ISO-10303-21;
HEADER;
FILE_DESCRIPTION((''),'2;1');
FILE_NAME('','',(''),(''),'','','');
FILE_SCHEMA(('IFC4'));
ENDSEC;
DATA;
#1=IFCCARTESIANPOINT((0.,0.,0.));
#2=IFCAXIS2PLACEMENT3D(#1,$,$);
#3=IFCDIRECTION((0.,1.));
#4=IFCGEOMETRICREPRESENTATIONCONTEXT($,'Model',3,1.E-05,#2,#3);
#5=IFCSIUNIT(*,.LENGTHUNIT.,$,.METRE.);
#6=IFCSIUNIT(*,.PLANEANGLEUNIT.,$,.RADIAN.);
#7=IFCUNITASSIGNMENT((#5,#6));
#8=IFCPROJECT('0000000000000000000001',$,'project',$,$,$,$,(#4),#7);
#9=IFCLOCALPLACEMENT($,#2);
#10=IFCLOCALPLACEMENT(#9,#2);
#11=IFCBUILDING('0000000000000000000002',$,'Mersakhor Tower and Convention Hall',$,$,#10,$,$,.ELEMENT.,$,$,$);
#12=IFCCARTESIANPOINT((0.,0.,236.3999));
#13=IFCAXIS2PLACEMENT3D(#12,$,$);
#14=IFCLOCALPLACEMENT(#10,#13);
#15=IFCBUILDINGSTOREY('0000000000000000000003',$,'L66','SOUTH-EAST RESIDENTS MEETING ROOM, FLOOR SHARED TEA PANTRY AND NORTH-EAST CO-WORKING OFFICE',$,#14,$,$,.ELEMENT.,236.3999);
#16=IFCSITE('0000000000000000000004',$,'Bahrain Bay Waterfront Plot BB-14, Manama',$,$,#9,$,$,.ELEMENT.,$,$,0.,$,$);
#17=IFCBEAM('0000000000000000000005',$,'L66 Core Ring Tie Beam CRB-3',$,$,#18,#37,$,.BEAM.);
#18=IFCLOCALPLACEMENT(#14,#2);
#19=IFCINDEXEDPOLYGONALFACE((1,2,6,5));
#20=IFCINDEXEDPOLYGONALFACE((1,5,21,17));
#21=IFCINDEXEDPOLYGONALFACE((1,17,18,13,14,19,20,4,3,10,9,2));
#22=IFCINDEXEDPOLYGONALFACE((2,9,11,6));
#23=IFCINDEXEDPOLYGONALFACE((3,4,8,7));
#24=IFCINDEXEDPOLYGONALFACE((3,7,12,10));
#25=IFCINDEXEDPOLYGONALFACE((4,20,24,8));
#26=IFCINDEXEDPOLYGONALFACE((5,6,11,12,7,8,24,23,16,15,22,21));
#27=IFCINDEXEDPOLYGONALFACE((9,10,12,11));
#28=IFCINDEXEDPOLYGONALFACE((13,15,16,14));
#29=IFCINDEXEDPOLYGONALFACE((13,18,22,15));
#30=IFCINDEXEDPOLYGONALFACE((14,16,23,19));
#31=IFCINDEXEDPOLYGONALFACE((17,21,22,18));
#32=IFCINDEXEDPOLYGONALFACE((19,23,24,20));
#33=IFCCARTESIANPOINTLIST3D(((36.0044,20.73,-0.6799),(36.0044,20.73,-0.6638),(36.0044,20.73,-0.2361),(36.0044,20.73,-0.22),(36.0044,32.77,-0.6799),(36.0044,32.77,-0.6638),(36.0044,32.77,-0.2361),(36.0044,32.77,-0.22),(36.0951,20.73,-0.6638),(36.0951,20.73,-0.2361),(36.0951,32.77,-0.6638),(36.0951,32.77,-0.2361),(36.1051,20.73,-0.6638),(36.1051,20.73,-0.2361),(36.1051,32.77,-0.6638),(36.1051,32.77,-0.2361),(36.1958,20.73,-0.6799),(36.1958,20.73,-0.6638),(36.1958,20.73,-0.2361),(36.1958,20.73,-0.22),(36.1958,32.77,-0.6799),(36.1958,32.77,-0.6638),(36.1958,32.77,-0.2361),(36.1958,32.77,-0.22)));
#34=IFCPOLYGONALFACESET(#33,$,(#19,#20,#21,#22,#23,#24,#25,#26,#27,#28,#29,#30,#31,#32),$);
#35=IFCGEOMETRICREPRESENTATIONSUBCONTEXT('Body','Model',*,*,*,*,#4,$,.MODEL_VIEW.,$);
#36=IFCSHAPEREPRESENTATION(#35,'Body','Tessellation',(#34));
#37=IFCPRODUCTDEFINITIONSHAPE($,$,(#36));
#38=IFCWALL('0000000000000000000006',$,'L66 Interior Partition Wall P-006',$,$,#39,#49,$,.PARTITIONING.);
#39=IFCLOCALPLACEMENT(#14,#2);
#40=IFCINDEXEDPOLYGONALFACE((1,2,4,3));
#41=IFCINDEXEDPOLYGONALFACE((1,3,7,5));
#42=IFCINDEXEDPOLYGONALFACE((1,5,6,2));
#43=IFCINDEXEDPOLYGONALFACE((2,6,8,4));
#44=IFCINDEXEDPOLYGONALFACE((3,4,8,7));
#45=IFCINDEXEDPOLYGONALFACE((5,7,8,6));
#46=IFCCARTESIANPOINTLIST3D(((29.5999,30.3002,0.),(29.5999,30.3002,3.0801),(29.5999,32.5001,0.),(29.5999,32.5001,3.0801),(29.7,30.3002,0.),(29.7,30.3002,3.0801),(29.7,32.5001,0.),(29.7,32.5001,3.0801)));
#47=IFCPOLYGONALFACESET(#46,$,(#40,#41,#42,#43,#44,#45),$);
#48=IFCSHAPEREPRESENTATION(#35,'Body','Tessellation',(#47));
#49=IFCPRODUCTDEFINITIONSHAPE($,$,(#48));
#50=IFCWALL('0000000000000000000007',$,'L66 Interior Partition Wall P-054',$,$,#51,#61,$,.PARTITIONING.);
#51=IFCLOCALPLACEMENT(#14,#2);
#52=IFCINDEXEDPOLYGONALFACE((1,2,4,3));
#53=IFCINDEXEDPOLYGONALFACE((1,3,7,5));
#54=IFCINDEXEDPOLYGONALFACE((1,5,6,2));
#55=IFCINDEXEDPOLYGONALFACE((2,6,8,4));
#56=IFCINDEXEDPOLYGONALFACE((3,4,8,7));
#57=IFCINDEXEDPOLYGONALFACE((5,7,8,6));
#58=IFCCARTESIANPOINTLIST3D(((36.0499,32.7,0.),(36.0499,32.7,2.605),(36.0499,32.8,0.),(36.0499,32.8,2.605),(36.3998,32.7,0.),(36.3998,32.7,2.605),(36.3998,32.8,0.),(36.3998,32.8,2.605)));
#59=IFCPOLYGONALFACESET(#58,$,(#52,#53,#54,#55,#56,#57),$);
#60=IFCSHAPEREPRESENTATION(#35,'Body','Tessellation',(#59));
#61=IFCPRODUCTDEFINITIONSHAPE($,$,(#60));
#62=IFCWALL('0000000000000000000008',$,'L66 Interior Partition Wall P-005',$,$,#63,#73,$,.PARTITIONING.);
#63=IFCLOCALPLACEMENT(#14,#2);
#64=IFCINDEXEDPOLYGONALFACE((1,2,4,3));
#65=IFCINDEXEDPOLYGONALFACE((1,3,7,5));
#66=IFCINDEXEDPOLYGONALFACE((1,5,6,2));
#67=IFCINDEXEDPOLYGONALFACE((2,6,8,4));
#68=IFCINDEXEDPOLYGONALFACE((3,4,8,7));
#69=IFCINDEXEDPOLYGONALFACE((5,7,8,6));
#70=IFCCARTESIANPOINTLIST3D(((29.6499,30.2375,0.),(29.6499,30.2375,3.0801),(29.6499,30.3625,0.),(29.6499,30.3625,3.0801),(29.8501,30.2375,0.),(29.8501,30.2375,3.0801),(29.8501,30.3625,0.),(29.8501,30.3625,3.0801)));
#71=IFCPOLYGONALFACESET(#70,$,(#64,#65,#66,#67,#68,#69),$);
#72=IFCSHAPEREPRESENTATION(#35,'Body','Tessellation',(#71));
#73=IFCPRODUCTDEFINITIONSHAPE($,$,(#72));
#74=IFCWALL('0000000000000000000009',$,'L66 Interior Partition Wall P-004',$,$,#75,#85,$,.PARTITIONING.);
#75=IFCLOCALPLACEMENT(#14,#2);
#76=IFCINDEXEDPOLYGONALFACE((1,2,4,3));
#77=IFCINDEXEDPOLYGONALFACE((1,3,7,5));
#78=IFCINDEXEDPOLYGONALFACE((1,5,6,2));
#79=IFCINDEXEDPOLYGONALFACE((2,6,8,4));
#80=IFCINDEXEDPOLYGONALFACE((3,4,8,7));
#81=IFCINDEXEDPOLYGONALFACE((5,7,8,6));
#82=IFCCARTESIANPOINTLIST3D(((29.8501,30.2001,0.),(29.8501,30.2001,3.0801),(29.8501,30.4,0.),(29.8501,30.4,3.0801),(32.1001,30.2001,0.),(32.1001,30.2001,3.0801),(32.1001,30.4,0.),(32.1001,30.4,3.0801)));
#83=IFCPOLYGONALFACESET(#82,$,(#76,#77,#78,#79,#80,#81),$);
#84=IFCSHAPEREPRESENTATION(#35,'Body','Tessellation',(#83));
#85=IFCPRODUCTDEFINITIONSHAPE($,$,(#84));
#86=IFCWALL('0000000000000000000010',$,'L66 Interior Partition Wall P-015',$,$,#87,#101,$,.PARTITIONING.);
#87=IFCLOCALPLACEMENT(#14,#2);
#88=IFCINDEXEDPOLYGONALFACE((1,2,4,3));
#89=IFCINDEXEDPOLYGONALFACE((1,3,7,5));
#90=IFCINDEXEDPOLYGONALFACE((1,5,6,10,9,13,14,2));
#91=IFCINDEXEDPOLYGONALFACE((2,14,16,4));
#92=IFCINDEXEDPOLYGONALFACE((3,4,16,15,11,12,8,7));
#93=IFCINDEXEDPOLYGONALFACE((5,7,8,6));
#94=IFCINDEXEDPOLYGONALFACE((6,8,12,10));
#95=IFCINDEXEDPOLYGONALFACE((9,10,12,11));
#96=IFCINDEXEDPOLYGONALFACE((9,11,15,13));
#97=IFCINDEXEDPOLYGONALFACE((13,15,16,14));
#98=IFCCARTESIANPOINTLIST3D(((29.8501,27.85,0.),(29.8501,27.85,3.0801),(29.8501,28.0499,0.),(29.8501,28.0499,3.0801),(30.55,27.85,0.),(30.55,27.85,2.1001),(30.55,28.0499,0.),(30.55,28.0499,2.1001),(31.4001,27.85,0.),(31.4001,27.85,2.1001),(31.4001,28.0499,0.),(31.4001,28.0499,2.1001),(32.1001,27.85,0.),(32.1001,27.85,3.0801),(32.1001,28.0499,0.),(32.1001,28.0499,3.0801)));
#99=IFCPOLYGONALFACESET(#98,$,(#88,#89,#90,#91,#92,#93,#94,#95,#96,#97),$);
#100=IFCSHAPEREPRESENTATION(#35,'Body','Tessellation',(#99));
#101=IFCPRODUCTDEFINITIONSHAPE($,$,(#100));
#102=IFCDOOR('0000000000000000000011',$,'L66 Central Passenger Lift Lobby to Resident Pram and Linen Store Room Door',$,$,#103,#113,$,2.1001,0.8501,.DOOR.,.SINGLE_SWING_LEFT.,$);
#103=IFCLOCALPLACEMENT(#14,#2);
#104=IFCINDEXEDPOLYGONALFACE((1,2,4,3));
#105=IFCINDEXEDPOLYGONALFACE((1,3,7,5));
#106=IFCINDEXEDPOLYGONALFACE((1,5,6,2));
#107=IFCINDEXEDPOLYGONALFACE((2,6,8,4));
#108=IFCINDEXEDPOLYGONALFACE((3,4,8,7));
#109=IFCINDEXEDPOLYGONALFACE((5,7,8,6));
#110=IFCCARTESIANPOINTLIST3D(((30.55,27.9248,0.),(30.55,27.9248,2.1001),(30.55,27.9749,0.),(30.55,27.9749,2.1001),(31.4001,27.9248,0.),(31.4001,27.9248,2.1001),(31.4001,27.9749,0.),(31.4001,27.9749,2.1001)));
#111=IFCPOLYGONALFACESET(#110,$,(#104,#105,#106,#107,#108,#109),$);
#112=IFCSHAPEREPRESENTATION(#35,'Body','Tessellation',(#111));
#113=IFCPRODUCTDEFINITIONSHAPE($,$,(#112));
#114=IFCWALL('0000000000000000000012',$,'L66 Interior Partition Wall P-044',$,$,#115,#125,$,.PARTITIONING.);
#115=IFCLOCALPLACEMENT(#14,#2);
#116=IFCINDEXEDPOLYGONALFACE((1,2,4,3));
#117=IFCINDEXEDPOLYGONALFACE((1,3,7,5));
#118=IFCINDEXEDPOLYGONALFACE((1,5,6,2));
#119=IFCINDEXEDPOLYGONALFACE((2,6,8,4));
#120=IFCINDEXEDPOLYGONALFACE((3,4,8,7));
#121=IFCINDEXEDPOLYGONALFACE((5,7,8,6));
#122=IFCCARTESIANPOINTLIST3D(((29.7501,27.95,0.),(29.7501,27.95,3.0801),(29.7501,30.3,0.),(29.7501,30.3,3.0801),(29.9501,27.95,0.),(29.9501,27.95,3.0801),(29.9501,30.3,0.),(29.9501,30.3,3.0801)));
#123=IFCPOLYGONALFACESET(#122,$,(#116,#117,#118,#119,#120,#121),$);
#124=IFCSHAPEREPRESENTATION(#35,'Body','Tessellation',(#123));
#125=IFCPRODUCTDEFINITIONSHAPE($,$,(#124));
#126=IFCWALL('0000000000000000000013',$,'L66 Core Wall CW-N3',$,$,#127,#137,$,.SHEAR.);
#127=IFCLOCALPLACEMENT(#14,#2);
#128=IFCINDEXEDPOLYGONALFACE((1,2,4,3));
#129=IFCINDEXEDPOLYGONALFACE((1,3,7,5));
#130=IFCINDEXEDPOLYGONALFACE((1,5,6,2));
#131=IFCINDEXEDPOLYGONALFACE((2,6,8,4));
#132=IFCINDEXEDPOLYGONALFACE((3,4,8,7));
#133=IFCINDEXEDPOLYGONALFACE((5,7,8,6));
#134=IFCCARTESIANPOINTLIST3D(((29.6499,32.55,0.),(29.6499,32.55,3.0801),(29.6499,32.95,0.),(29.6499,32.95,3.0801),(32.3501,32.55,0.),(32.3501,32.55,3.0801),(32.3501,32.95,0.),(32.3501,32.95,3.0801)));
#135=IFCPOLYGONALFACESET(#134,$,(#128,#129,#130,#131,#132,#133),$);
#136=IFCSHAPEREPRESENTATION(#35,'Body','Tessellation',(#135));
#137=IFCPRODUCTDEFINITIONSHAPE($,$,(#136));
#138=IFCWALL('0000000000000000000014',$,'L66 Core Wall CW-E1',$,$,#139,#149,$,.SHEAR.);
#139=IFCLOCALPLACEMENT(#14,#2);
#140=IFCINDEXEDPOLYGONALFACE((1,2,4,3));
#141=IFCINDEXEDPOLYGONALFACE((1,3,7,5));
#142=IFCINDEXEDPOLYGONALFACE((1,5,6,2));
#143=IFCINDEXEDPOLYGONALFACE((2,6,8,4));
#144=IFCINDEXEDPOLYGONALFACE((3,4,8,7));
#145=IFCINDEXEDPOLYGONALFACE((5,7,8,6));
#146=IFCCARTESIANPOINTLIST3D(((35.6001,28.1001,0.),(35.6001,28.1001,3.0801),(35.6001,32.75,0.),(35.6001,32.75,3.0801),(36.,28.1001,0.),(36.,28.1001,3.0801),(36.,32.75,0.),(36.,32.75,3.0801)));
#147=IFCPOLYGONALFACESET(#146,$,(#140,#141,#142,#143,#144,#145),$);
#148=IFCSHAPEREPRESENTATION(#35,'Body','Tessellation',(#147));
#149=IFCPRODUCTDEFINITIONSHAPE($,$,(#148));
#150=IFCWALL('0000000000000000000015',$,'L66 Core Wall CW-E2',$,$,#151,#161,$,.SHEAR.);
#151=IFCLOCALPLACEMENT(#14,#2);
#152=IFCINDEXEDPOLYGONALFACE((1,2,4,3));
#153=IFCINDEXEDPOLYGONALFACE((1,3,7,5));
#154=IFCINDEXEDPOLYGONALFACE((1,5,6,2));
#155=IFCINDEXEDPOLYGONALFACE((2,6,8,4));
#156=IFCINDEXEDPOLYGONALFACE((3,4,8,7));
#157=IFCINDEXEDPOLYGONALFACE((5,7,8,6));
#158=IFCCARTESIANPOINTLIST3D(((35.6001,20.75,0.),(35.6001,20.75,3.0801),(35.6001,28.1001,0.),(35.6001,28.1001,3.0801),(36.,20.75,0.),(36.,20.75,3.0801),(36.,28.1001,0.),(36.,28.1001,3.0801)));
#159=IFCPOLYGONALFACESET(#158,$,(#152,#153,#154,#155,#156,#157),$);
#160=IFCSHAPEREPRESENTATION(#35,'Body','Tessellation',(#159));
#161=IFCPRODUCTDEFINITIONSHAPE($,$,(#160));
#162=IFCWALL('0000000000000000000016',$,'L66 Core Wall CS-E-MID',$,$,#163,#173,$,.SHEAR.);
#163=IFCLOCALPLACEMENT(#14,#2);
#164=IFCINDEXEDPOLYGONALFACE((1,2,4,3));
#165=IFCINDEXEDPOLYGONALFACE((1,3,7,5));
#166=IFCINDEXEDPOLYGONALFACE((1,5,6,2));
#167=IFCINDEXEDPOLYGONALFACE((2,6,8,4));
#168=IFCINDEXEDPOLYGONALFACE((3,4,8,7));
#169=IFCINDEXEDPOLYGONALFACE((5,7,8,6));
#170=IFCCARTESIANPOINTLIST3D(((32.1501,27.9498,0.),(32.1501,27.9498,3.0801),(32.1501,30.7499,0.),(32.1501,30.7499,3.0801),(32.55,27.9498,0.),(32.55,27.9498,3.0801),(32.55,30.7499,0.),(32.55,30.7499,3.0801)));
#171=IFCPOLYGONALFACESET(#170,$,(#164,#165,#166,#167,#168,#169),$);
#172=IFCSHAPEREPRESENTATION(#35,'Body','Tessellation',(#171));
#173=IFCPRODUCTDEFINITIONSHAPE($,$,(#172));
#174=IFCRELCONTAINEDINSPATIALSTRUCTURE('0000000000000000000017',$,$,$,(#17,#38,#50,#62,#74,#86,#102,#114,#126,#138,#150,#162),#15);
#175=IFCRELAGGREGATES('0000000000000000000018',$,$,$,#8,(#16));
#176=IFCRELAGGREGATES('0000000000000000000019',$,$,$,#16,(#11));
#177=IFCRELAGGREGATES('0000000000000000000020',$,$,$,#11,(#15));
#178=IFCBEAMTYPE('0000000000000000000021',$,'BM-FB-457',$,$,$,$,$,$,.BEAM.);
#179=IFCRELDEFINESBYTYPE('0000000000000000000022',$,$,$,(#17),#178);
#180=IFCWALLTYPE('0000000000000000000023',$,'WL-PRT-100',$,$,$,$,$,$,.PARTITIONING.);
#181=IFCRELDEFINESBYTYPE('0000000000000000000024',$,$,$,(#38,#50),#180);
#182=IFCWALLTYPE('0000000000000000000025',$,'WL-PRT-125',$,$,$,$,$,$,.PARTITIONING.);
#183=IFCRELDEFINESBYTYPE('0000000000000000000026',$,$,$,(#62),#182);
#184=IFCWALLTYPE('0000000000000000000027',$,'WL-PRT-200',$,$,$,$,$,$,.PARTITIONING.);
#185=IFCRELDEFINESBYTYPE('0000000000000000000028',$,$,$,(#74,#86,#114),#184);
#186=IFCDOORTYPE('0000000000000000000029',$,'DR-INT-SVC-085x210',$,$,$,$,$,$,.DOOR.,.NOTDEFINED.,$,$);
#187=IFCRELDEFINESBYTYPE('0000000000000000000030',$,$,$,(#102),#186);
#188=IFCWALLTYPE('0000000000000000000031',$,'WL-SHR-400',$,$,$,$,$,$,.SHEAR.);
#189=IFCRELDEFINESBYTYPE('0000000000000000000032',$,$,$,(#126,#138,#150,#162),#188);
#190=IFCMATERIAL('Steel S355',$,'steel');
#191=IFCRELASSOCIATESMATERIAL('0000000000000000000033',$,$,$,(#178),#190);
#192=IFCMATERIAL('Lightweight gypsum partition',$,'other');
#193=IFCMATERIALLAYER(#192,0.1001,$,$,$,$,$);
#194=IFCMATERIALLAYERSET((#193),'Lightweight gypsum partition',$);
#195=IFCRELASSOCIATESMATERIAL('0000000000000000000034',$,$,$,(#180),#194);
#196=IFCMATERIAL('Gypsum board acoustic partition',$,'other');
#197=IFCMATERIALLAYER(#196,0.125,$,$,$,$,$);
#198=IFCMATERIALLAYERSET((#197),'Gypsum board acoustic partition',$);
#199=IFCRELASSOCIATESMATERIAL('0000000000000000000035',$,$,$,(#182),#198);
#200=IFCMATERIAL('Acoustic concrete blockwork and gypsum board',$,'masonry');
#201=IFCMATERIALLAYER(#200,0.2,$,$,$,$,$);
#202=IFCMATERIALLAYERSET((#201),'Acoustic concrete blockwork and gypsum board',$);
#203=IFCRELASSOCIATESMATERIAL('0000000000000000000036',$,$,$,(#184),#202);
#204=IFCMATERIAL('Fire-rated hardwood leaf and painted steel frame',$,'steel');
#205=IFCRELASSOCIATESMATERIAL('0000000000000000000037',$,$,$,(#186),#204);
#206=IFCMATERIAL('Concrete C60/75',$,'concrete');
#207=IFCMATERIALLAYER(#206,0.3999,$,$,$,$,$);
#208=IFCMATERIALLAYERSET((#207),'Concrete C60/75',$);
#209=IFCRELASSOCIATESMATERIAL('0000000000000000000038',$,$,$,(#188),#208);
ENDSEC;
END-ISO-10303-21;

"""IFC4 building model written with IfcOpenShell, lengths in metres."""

from ifc_helpers import new_model, si_unit, direction, frame, frame_2d, origin, origin_2d, place, context, subcontext, project, spatial, rectangle, i_section, extrude, material, layer, layer_set, material_profile, profile_set, type_object, element, fill, save


model = new_model("IFC4")

# Units and contexts
model_context = context("Model", 3, precision=1e-05, world=origin(), true_north=direction((0.0, 1.0)))
body_context = subcontext(model_context, "Body", "Model", "MODEL_VIEW")
ifc_project = project(units=[si_unit("LENGTHUNIT", "METRE"), si_unit("PLANEANGLEUNIT", "RADIAN")], contexts=[model_context])

# Site, building, storey
site_placement = place(None, origin())
site = spatial("IfcSite", under=ifc_project, at=site_placement, Name="Bahrain Bay Waterfront Plot BB-14, Manama", CompositionType="ELEMENT", RefElevation=0.0)
building_placement = place(site_placement, origin())
building = spatial("IfcBuilding", under=site, at=building_placement, Name="Mersakhor Tower and Convention Hall", CompositionType="ELEMENT")
storey_placement = place(building_placement, frame((0.0, 0.0, 236.3999)))
storey = spatial("IfcBuildingStorey", under=building, at=storey_placement, Name="L66", Description="SOUTH-EAST RESIDENTS MEETING ROOM, FLOOR SHARED TEA PANTRY AND NORTH-EAST CO-WORKING OFFICE", CompositionType="ELEMENT", Elevation=236.3999)

# Beam
ifc_material_1 = material(Name="Steel S355", Category="steel")
ifc_material_profile = material_profile(ifc_material_1, i_section(OverallWidth=0.1914, OverallDepth=0.46, WebThickness=0.01, FlangeThickness=0.0161, at=origin_2d()), Name="UB 457x191x82")
ifc_profile_set = profile_set([ifc_material_profile], Name="Steel S355")
beam_type = type_object("IfcBeamType", Name="BM-FB-457", PredefinedType="BEAM", material=ifc_profile_set)
beam_placement = place(storey_placement, frame((36.1001, 32.77, -0.45), z_axis=(0.0, -1.0, 0.0), x_axis=(1.0, 0.0, 0.0)))
element("IfcBeam", 1, at=beam_placement, inside=storey, type_object=beam_type, Name="L66 Core Ring Tie Beam CRB-3", PredefinedType="BEAM", context=body_context, shape_type="SweptSolid", body=[
    extrude(i_section(OverallWidth=0.1914, OverallDepth=0.46, WebThickness=0.01, FlangeThickness=0.0161, at=origin_2d()), origin(), (0.0, 0.0, 1.0), 12.04),
])

# Walls
ifc_material_2 = material(Name="Lightweight gypsum partition", Category="other")
ifc_layer_1 = layer(ifc_material_2, 0.1001)
ifc_layer_set_1 = layer_set([ifc_layer_1], Name="Lightweight gypsum partition")
wall_type_1 = type_object("IfcWallType", Name="WL-PRT-100", PredefinedType="PARTITIONING", material=ifc_layer_set_1)
wall_1_placement = place(storey_placement, frame((29.6499, 30.3, 0.0), z_axis=(0.0, 0.0, 1.0), x_axis=(0.0, 1.0, 0.0)))
element("IfcWall", 2, at=wall_1_placement, inside=storey, type_object=wall_type_1, Name="L66 Interior Partition Wall P-006", PredefinedType="PARTITIONING", context=body_context, shape_type="SweptSolid", body=[
    extrude(rectangle(XDim=2.2, YDim=0.1001, at=frame_2d((1.1001, 0.0))), origin(), (0.0, 0.0, 1.0), 3.0801),
])
wall_2_placement = place(storey_placement, frame((36.05, 32.75, 0.0), z_axis=(0.0, 0.0, 1.0), x_axis=(1.0, 0.0, 0.0)))
element("IfcWall", 3, at=wall_2_placement, inside=storey, type_object=wall_type_1, Name="L66 Interior Partition Wall P-054", PredefinedType="PARTITIONING", context=body_context, shape_type="SweptSolid", body=[
    extrude(rectangle(XDim=0.3499, YDim=0.1001, at=frame_2d((0.1748, 0.0))), origin(), (0.0, 0.0, 1.0), 2.605),
])
ifc_material_3 = material(Name="Gypsum board acoustic partition", Category="other")
ifc_layer_2 = layer(ifc_material_3, 0.125)
ifc_layer_set_2 = layer_set([ifc_layer_2], Name="Gypsum board acoustic partition")
wall_type_2 = type_object("IfcWallType", Name="WL-PRT-125", PredefinedType="PARTITIONING", material=ifc_layer_set_2)
wall_3_placement = place(storey_placement, frame((29.8501, 30.3, 0.0), z_axis=(0.0, 0.0, 1.0), x_axis=(-1.0, 0.0, 0.0)))
element("IfcWall", 4, at=wall_3_placement, inside=storey, type_object=wall_type_2, Name="L66 Interior Partition Wall P-005", PredefinedType="PARTITIONING", context=body_context, shape_type="SweptSolid", body=[
    extrude(rectangle(XDim=0.2002, YDim=0.125, at=frame_2d((0.1001, 0.0))), origin(), (0.0, 0.0, 1.0), 3.0801),
])
ifc_material_4 = material(Name="Acoustic concrete blockwork and gypsum board", Category="masonry")
ifc_layer_3 = layer(ifc_material_4, 0.2)
ifc_layer_set_3 = layer_set([ifc_layer_3], Name="Acoustic concrete blockwork and gypsum board")
wall_type_3 = type_object("IfcWallType", Name="WL-PRT-200", PredefinedType="PARTITIONING", material=ifc_layer_set_3)
wall_4_placement = place(storey_placement, frame((32.1001, 30.3, 0.0), z_axis=(0.0, 0.0, 1.0), x_axis=(-1.0, 0.0, 0.0)))
element("IfcWall", 5, at=wall_4_placement, inside=storey, type_object=wall_type_3, Name="L66 Interior Partition Wall P-004", PredefinedType="PARTITIONING", context=body_context, shape_type="SweptSolid", body=[
    extrude(rectangle(XDim=2.25, YDim=0.2, at=frame_2d((1.125, 0.0))), origin(), (0.0, 0.0, 1.0), 3.0801),
])

# Wall, opening, door
wall_5_placement = place(storey_placement, frame((29.8501, 27.95, 0.0), z_axis=(0.0, 0.0, 1.0), x_axis=(1.0, 0.0, 0.0)))
wall_5 = element("IfcWall", 6, at=wall_5_placement, inside=storey, type_object=wall_type_3, Name="L66 Interior Partition Wall P-015", PredefinedType="PARTITIONING", context=body_context, shape_type="SweptSolid", body=[
    extrude(rectangle(XDim=2.25, YDim=0.2, at=frame_2d((1.125, 0.0))), origin(), (0.0, 0.0, 1.0), 3.0801),
])
opening_1_placement = place(wall_5_placement, frame((0.7, 0.0, 0.0)))
opening_1 = element("IfcOpeningElement", 7, at=opening_1_placement, cuts=wall_5, PredefinedType="OPENING", context=body_context, shape_type="SweptSolid", body=[
    extrude(rectangle(XDim=0.8501, YDim=2.1001, at=frame_2d((0.425, 1.05))), frame((0.0, 0.1099, 0.0), z_axis=(0.0, -1.0, 0.0), x_axis=(1.0, 0.0, 0.0)), (0.0, 0.0, 1.0), 0.22),
])
ifc_material_5 = material(Name="Fire-rated hardwood leaf and painted steel frame", Category="steel")
door_type_1 = type_object("IfcDoorType", Name="DR-INT-SVC-085x210", OperationType="NOTDEFINED", PredefinedType="DOOR", material=ifc_material_5)
door_1_placement = place(opening_1_placement, origin())
door_1 = element("IfcDoor", 8, at=door_1_placement, inside=storey, type_object=door_type_1, Name="L66 Central Passenger Lift Lobby to Resident Pram and Linen Store Room Door", OperationType="SINGLE_SWING_LEFT", OverallHeight=2.1001, OverallWidth=0.8501, PredefinedType="DOOR", context=body_context, shape_type="SweptSolid", body=[
    extrude(rectangle(XDim=0.8501, YDim=2.1001, at=frame_2d((0.425, 1.05))), frame((0.0, 0.0249, 0.0), z_axis=(0.0, -1.0, 0.0), x_axis=(1.0, 0.0, 0.0)), (0.0, 0.0, 1.0), 0.05),
])
fill(opening_1, door_1)

# Wall
wall_6_placement = place(storey_placement, frame((29.8501, 30.3, 0.0), z_axis=(0.0, 0.0, 1.0), x_axis=(0.0, -1.0, 0.0)))
element("IfcWall", 9, at=wall_6_placement, inside=storey, type_object=wall_type_3, Name="L66 Interior Partition Wall P-044", PredefinedType="PARTITIONING", context=body_context, shape_type="SweptSolid", body=[
    extrude(rectangle(XDim=2.3501, YDim=0.2, at=frame_2d((1.175, 0.0))), origin(), (0.0, 0.0, 1.0), 3.0801),
])

# Wall
ifc_material_6 = material(Name="Concrete C60/75", Category="concrete")
ifc_layer_4 = layer(ifc_material_6, 0.3999)
ifc_layer_set_4 = layer_set([ifc_layer_4], Name="Concrete C60/75")
wall_type_4 = type_object("IfcWallType", Name="WL-SHR-400", PredefinedType="SHEAR", material=ifc_layer_set_4)
wall_7_placement = place(storey_placement, frame((29.6499, 32.75, 0.0), z_axis=(0.0, 0.0, 1.0), x_axis=(1.0, 0.0, 0.0)))
element("IfcWall", 10, at=wall_7_placement, inside=storey, type_object=wall_type_4, Name="L66 Core Wall CW-N3", PredefinedType="SHEAR", context=body_context, shape_type="SweptSolid", body=[
    extrude(rectangle(XDim=2.7002, YDim=0.3999, at=frame_2d((1.3501, 0.0))), origin(), (0.0, 0.0, 1.0), 3.0801),
])

# Walls
wall_8_placement = place(storey_placement, frame((35.8, 32.75, 0.0), z_axis=(0.0, 0.0, 1.0), x_axis=(0.0, -1.0, 0.0)))
element("IfcWall", 11, at=wall_8_placement, inside=storey, type_object=wall_type_4, Name="L66 Core Wall CW-E1", PredefinedType="SHEAR", context=body_context, shape_type="SweptSolid", body=[
    extrude(rectangle(XDim=4.6499, YDim=0.3999, at=frame_2d((2.325, 0.0))), origin(), (0.0, 0.0, 1.0), 3.0801),
])
wall_9_placement = place(storey_placement, frame((35.8, 28.1001, 0.0), z_axis=(0.0, 0.0, 1.0), x_axis=(0.0, -1.0, 0.0)))
element("IfcWall", 12, at=wall_9_placement, inside=storey, type_object=wall_type_4, Name="L66 Core Wall CW-E2", PredefinedType="SHEAR", context=body_context, shape_type="SweptSolid", body=[
    extrude(rectangle(XDim=7.3501, YDim=0.3999, at=frame_2d((3.675, 0.0))), origin(), (0.0, 0.0, 1.0), 3.0801),
])
wall_10_placement = place(storey_placement, frame((32.3501, 27.95, 0.0), z_axis=(0.0, 0.0, 1.0), x_axis=(0.0, 1.0, 0.0)))
element("IfcWall", 13, at=wall_10_placement, inside=storey, type_object=wall_type_4, Name="L66 Core Wall CS-E-MID", PredefinedType="SHEAR", context=body_context, shape_type="SweptSolid", body=[
    extrude(rectangle(XDim=2.8, YDim=0.3999, at=frame_2d((1.3999, 0.0))), origin(), (0.0, 0.0, 1.0), 3.0801),
])

save(model, "model.ifc")
